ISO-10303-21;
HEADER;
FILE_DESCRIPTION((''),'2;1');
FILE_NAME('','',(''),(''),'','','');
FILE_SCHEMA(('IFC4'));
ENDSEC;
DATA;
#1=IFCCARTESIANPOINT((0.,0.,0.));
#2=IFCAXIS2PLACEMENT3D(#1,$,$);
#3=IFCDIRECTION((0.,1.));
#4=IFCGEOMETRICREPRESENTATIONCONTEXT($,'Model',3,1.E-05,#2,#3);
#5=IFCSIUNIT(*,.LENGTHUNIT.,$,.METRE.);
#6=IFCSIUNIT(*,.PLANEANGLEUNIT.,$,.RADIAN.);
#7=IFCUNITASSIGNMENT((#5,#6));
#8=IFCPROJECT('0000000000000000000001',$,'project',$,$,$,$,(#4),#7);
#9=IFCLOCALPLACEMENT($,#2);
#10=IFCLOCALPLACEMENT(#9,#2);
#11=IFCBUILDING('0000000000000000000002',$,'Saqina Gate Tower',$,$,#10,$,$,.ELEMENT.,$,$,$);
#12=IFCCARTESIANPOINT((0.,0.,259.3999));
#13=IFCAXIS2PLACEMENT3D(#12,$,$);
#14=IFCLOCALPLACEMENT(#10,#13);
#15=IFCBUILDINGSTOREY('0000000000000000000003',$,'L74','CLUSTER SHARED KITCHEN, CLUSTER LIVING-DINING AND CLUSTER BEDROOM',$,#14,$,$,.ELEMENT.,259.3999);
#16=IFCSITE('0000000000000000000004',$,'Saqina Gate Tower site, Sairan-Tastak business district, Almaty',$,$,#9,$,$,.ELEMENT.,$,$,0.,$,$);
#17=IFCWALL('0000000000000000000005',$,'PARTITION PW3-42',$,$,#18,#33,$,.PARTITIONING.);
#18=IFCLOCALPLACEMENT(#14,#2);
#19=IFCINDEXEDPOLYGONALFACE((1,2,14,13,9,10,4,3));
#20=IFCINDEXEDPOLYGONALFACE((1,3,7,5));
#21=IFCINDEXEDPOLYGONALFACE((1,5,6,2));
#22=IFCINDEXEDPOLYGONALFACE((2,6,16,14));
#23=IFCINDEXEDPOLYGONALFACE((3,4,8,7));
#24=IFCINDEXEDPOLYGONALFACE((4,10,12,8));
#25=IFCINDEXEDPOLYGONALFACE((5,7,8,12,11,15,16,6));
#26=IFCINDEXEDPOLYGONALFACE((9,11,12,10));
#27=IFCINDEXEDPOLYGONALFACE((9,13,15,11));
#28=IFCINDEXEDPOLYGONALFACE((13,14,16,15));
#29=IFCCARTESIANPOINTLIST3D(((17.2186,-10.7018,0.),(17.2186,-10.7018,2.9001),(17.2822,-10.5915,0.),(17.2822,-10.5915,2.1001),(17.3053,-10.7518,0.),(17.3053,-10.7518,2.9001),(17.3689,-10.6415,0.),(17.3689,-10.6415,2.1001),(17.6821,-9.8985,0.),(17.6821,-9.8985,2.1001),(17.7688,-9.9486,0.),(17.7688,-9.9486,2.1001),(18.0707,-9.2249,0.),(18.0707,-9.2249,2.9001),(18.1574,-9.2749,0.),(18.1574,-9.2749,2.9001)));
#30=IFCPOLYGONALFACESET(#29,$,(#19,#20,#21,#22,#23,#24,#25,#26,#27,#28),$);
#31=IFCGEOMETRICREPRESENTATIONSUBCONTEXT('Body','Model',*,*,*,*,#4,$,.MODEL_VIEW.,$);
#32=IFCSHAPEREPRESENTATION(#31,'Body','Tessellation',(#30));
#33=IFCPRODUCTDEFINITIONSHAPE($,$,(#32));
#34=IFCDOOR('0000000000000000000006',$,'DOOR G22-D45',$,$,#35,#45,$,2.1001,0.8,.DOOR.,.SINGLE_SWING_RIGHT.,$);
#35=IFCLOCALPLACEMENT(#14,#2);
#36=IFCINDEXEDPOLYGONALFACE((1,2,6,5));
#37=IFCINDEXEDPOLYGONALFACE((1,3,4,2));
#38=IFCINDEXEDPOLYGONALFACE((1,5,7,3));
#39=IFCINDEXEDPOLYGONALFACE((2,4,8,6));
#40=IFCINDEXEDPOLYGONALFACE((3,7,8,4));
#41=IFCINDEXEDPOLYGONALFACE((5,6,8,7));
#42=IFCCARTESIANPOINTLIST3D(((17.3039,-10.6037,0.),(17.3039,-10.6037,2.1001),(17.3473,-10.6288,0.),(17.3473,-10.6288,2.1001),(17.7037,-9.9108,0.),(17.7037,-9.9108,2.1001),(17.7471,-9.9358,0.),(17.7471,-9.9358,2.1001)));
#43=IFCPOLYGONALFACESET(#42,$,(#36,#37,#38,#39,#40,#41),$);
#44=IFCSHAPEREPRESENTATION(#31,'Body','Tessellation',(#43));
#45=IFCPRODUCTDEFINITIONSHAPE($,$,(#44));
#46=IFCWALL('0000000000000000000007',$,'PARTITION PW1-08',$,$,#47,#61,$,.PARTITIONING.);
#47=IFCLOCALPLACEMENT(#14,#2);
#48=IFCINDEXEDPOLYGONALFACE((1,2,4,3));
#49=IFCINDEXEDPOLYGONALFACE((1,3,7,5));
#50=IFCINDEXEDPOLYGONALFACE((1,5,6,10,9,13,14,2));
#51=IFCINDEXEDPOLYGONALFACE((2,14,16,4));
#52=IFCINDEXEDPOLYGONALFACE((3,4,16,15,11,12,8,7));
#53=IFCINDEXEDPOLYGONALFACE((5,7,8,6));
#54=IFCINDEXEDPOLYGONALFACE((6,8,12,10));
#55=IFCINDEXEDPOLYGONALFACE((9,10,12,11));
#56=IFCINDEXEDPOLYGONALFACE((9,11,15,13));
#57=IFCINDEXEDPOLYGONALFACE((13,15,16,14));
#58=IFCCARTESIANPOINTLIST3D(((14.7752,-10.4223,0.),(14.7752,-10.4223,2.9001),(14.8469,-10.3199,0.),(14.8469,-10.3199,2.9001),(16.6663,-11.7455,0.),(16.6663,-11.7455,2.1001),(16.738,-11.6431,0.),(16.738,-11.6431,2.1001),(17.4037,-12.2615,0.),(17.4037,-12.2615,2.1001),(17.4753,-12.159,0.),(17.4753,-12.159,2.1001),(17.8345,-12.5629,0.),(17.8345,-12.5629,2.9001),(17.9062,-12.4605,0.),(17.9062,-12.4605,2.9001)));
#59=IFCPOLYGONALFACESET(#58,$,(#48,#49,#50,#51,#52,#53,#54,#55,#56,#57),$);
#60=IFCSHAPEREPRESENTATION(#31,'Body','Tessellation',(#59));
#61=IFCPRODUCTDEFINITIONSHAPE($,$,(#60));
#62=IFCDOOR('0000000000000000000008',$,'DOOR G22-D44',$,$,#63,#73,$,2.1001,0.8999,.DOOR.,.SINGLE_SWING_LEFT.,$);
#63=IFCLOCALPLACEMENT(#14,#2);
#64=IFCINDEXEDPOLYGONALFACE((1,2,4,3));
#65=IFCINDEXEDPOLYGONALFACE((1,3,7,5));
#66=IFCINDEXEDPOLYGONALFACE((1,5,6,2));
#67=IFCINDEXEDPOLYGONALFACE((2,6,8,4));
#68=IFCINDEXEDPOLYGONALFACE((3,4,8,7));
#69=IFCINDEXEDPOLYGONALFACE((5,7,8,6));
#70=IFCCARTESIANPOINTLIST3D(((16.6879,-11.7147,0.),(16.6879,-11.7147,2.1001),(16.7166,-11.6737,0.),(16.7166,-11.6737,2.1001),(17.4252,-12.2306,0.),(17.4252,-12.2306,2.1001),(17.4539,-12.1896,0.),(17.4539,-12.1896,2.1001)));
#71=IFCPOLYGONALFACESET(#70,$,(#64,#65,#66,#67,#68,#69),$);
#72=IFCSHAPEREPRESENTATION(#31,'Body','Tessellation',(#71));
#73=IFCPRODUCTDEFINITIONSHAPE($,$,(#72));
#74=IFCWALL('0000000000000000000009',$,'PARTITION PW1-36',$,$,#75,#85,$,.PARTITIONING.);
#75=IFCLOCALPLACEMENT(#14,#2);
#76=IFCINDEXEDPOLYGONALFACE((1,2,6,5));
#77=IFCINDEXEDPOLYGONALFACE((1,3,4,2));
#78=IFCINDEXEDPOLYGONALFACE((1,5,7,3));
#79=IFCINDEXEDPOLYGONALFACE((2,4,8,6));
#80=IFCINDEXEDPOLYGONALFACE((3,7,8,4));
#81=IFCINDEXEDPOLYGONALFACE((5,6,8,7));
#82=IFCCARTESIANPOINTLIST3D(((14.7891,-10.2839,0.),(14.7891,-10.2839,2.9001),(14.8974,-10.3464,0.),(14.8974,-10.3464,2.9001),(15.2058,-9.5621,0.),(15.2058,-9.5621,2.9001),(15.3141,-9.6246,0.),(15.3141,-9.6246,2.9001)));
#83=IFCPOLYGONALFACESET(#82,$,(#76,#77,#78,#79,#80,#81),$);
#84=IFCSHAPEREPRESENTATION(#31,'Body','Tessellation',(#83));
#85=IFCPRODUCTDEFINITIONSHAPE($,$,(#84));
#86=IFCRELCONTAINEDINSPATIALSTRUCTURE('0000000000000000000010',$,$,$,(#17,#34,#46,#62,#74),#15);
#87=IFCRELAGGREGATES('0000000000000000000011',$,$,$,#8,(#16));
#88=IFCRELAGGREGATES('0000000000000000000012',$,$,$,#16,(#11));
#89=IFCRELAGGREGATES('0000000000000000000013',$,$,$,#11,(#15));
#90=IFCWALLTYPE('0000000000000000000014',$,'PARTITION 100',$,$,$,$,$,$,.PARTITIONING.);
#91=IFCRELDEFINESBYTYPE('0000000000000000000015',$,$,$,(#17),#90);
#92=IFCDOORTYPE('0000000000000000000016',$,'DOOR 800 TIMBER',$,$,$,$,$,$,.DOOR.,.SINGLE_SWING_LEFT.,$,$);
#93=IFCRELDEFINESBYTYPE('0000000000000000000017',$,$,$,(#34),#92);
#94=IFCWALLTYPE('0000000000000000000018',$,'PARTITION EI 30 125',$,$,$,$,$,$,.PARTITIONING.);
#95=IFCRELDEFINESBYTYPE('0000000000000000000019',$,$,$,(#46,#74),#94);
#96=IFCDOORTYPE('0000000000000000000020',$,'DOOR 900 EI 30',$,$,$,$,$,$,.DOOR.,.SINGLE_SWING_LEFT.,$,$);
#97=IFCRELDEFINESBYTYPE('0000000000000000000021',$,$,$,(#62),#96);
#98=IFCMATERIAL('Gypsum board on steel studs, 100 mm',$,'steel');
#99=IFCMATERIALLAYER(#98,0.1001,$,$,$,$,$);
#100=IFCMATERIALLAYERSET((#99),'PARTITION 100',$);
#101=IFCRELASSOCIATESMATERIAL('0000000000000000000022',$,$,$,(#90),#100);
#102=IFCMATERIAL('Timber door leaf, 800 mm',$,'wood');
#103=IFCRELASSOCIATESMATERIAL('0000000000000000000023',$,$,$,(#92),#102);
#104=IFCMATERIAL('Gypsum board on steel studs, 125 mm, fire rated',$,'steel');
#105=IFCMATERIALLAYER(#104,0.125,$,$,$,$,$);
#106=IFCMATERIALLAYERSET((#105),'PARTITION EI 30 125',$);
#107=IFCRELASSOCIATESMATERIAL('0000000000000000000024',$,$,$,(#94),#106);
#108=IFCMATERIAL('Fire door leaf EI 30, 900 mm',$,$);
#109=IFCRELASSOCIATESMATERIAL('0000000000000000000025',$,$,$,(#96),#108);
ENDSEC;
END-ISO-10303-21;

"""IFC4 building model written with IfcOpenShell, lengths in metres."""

from ifc_helpers import new_model, si_unit, direction, frame, frame_2d, origin, place, context, subcontext, project, spatial, rectangle, extrude, material, layer, layer_set, type_object, element, fill, save


model = new_model("IFC4")

# Units and contexts
model_context = context("Model", 3, precision=1e-05, world=origin(), true_north=direction((0.0, 1.0)))
body_context = subcontext(model_context, "Body", "Model", "MODEL_VIEW")
ifc_project = project(units=[si_unit("LENGTHUNIT", "METRE"), si_unit("PLANEANGLEUNIT", "RADIAN")], contexts=[model_context])

# Site, building, storey
site_placement = place(None, origin())
site = spatial("IfcSite", under=ifc_project, at=site_placement, Name="Saqina Gate Tower site, Sairan-Tastak business district, Almaty", CompositionType="ELEMENT", RefElevation=0.0)
building_placement = place(site_placement, origin())
building = spatial("IfcBuilding", under=site, at=building_placement, Name="Saqina Gate Tower", CompositionType="ELEMENT")
storey_placement = place(building_placement, frame((0.0, 0.0, 259.3999)))
storey = spatial("IfcBuildingStorey", under=building, at=storey_placement, Name="L74", Description="CLUSTER SHARED KITCHEN, CLUSTER LIVING-DINING AND CLUSTER BEDROOM", CompositionType="ELEMENT", Elevation=259.3999)

# Shared definitions
ifc_material_1 = material(Name="Gypsum board on steel studs, 100 mm", Category="steel")
ifc_layer_1 = layer(ifc_material_1, 0.1001)
ifc_layer_set_1 = layer_set([ifc_layer_1], Name="PARTITION 100")
wall_type_1 = type_object("IfcWallType", Name="PARTITION 100", PredefinedType="PARTITIONING", material=ifc_layer_set_1)

# Walls, openings, doors
wall_1_placement = place(storey_placement, frame((17.262, -10.7268, 0.0), z_axis=(0.0, 0.0, 1.0), x_axis=(0.499743, 0.866174, 0.0)))
wall_1 = element("IfcWall", 1, at=wall_1_placement, inside=storey, type_object=wall_type_1, Name="PARTITION PW3-42", PredefinedType="PARTITIONING", context=body_context, shape_type="SweptSolid", body=[
    extrude(rectangle(XDim=1.7051, YDim=0.1001, at=frame_2d((0.8525, 0.0))), origin(), (0.0, 0.0, 1.0), 2.9001),
])
opening_1_placement = place(wall_1_placement, frame((0.1274, 0.0, 0.0)))
opening_1 = element("IfcOpeningElement", 2, at=opening_1_placement, cuts=wall_1, PredefinedType="OPENING", context=body_context, shape_type="SweptSolid", body=[
    extrude(rectangle(XDim=0.8, YDim=2.1001, at=frame_2d((0.3999, 1.05))), frame((0.0, 0.062, 0.0), z_axis=(0.0, -1.0, 0.0), x_axis=(1.0, 0.0, 0.0)), (0.0, 0.0, 1.0), 0.124),
])
ifc_material_2 = material(Name="Timber door leaf, 800 mm", Category="wood")
door_type_1 = type_object("IfcDoorType", Name="DOOR 800 TIMBER", OperationType="SINGLE_SWING_LEFT", PredefinedType="DOOR", material=ifc_material_2)
door_1_placement = place(opening_1_placement, frame((0.8, 0.0, 0.0), z_axis=(0.0, 0.0, 1.0), x_axis=(-1.0, 0.0, 0.0)))
door_1 = element("IfcDoor", 3, at=door_1_placement, inside=storey, type_object=door_type_1, Name="DOOR G22-D45", OperationType="SINGLE_SWING_RIGHT", OverallHeight=2.1001, OverallWidth=0.8, PredefinedType="DOOR", context=body_context, shape_type="SweptSolid", body=[
    extrude(rectangle(XDim=0.8, YDim=2.1001, at=frame_2d((0.3999, 1.05))), frame((0.0, 0.0249, 0.0), z_axis=(0.0, -1.0, 0.0), x_axis=(1.0, 0.0, 0.0)), (0.0, 0.0, 1.0), 0.05),
])
fill(opening_1, door_1)
ifc_material_3 = material(Name="Gypsum board on steel studs, 125 mm, fire rated", Category="steel")
ifc_layer_2 = layer(ifc_material_3, 0.125)
ifc_layer_set_2 = layer_set([ifc_layer_2], Name="PARTITION EI 30 125")
wall_type_2 = type_object("IfcWallType", Name="PARTITION EI 30 125", PredefinedType="PARTITIONING", material=ifc_layer_set_2)
wall_2_placement = place(storey_placement, frame((14.811, -10.3711, 0.0), z_axis=(0.0, 0.0, 1.0), x_axis=(0.819346, -0.5733, 0.0)))
wall_2 = element("IfcWall", 4, at=wall_2_placement, inside=storey, type_object=wall_type_2, Name="PARTITION PW1-08", PredefinedType="PARTITIONING", context=body_context, shape_type="SweptSolid", body=[
    extrude(rectangle(XDim=3.7339, YDim=0.125, at=frame_2d((1.8669, 0.0))), origin(), (0.0, 0.0, 1.0), 2.9001),
])
opening_2_placement = place(wall_2_placement, frame((2.3081, 0.0, 0.0)))
opening_2 = element("IfcOpeningElement", 5, at=opening_2_placement, cuts=wall_2, PredefinedType="OPENING", context=body_context, shape_type="SweptSolid", body=[
    extrude(rectangle(XDim=0.8999, YDim=2.1001, at=frame_2d((0.45, 1.05))), frame((0.0, 0.0745, 0.0), z_axis=(0.0, -1.0, 0.0), x_axis=(1.0, 0.0, 0.0)), (0.0, 0.0, 1.0), 0.1489),
])
ifc_material_4 = material(Name="Fire door leaf EI 30, 900 mm")
door_type_2 = type_object("IfcDoorType", Name="DOOR 900 EI 30", OperationType="SINGLE_SWING_LEFT", PredefinedType="DOOR", material=ifc_material_4)
door_2_placement = place(opening_2_placement, frame((0.8999, 0.0, 0.0), z_axis=(0.0, 0.0, 1.0), x_axis=(-1.0, 0.0, 0.0)))
door_2 = element("IfcDoor", 6, at=door_2_placement, inside=storey, type_object=door_type_2, Name="DOOR G22-D44", OperationType="SINGLE_SWING_LEFT", OverallHeight=2.1001, OverallWidth=0.8999, PredefinedType="DOOR", context=body_context, shape_type="SweptSolid", body=[
    extrude(rectangle(XDim=0.8999, YDim=2.1001, at=frame_2d((0.45, 1.05))), frame((0.0, 0.0249, 0.0), z_axis=(0.0, -1.0, 0.0), x_axis=(1.0, 0.0, 0.0)), (0.0, 0.0, 1.0), 0.05),
])
fill(opening_2, door_2)

# Wall
wall_3_placement = place(storey_placement, frame((14.8433, -10.3152, 0.0), z_axis=(0.0, 0.0, 1.0), x_axis=(0.499951, 0.866054, 0.0)))
element("IfcWall", 7, at=wall_3_placement, inside=storey, type_object=wall_type_2, Name="PARTITION PW1-36", PredefinedType="PARTITIONING", context=body_context, shape_type="SweptSolid", body=[
    extrude(rectangle(XDim=0.8335, YDim=0.125, at=frame_2d((0.4167, 0.0))), origin(), (0.0, 0.0, 1.0), 2.9001),
])

save(model, "model.ifc")
